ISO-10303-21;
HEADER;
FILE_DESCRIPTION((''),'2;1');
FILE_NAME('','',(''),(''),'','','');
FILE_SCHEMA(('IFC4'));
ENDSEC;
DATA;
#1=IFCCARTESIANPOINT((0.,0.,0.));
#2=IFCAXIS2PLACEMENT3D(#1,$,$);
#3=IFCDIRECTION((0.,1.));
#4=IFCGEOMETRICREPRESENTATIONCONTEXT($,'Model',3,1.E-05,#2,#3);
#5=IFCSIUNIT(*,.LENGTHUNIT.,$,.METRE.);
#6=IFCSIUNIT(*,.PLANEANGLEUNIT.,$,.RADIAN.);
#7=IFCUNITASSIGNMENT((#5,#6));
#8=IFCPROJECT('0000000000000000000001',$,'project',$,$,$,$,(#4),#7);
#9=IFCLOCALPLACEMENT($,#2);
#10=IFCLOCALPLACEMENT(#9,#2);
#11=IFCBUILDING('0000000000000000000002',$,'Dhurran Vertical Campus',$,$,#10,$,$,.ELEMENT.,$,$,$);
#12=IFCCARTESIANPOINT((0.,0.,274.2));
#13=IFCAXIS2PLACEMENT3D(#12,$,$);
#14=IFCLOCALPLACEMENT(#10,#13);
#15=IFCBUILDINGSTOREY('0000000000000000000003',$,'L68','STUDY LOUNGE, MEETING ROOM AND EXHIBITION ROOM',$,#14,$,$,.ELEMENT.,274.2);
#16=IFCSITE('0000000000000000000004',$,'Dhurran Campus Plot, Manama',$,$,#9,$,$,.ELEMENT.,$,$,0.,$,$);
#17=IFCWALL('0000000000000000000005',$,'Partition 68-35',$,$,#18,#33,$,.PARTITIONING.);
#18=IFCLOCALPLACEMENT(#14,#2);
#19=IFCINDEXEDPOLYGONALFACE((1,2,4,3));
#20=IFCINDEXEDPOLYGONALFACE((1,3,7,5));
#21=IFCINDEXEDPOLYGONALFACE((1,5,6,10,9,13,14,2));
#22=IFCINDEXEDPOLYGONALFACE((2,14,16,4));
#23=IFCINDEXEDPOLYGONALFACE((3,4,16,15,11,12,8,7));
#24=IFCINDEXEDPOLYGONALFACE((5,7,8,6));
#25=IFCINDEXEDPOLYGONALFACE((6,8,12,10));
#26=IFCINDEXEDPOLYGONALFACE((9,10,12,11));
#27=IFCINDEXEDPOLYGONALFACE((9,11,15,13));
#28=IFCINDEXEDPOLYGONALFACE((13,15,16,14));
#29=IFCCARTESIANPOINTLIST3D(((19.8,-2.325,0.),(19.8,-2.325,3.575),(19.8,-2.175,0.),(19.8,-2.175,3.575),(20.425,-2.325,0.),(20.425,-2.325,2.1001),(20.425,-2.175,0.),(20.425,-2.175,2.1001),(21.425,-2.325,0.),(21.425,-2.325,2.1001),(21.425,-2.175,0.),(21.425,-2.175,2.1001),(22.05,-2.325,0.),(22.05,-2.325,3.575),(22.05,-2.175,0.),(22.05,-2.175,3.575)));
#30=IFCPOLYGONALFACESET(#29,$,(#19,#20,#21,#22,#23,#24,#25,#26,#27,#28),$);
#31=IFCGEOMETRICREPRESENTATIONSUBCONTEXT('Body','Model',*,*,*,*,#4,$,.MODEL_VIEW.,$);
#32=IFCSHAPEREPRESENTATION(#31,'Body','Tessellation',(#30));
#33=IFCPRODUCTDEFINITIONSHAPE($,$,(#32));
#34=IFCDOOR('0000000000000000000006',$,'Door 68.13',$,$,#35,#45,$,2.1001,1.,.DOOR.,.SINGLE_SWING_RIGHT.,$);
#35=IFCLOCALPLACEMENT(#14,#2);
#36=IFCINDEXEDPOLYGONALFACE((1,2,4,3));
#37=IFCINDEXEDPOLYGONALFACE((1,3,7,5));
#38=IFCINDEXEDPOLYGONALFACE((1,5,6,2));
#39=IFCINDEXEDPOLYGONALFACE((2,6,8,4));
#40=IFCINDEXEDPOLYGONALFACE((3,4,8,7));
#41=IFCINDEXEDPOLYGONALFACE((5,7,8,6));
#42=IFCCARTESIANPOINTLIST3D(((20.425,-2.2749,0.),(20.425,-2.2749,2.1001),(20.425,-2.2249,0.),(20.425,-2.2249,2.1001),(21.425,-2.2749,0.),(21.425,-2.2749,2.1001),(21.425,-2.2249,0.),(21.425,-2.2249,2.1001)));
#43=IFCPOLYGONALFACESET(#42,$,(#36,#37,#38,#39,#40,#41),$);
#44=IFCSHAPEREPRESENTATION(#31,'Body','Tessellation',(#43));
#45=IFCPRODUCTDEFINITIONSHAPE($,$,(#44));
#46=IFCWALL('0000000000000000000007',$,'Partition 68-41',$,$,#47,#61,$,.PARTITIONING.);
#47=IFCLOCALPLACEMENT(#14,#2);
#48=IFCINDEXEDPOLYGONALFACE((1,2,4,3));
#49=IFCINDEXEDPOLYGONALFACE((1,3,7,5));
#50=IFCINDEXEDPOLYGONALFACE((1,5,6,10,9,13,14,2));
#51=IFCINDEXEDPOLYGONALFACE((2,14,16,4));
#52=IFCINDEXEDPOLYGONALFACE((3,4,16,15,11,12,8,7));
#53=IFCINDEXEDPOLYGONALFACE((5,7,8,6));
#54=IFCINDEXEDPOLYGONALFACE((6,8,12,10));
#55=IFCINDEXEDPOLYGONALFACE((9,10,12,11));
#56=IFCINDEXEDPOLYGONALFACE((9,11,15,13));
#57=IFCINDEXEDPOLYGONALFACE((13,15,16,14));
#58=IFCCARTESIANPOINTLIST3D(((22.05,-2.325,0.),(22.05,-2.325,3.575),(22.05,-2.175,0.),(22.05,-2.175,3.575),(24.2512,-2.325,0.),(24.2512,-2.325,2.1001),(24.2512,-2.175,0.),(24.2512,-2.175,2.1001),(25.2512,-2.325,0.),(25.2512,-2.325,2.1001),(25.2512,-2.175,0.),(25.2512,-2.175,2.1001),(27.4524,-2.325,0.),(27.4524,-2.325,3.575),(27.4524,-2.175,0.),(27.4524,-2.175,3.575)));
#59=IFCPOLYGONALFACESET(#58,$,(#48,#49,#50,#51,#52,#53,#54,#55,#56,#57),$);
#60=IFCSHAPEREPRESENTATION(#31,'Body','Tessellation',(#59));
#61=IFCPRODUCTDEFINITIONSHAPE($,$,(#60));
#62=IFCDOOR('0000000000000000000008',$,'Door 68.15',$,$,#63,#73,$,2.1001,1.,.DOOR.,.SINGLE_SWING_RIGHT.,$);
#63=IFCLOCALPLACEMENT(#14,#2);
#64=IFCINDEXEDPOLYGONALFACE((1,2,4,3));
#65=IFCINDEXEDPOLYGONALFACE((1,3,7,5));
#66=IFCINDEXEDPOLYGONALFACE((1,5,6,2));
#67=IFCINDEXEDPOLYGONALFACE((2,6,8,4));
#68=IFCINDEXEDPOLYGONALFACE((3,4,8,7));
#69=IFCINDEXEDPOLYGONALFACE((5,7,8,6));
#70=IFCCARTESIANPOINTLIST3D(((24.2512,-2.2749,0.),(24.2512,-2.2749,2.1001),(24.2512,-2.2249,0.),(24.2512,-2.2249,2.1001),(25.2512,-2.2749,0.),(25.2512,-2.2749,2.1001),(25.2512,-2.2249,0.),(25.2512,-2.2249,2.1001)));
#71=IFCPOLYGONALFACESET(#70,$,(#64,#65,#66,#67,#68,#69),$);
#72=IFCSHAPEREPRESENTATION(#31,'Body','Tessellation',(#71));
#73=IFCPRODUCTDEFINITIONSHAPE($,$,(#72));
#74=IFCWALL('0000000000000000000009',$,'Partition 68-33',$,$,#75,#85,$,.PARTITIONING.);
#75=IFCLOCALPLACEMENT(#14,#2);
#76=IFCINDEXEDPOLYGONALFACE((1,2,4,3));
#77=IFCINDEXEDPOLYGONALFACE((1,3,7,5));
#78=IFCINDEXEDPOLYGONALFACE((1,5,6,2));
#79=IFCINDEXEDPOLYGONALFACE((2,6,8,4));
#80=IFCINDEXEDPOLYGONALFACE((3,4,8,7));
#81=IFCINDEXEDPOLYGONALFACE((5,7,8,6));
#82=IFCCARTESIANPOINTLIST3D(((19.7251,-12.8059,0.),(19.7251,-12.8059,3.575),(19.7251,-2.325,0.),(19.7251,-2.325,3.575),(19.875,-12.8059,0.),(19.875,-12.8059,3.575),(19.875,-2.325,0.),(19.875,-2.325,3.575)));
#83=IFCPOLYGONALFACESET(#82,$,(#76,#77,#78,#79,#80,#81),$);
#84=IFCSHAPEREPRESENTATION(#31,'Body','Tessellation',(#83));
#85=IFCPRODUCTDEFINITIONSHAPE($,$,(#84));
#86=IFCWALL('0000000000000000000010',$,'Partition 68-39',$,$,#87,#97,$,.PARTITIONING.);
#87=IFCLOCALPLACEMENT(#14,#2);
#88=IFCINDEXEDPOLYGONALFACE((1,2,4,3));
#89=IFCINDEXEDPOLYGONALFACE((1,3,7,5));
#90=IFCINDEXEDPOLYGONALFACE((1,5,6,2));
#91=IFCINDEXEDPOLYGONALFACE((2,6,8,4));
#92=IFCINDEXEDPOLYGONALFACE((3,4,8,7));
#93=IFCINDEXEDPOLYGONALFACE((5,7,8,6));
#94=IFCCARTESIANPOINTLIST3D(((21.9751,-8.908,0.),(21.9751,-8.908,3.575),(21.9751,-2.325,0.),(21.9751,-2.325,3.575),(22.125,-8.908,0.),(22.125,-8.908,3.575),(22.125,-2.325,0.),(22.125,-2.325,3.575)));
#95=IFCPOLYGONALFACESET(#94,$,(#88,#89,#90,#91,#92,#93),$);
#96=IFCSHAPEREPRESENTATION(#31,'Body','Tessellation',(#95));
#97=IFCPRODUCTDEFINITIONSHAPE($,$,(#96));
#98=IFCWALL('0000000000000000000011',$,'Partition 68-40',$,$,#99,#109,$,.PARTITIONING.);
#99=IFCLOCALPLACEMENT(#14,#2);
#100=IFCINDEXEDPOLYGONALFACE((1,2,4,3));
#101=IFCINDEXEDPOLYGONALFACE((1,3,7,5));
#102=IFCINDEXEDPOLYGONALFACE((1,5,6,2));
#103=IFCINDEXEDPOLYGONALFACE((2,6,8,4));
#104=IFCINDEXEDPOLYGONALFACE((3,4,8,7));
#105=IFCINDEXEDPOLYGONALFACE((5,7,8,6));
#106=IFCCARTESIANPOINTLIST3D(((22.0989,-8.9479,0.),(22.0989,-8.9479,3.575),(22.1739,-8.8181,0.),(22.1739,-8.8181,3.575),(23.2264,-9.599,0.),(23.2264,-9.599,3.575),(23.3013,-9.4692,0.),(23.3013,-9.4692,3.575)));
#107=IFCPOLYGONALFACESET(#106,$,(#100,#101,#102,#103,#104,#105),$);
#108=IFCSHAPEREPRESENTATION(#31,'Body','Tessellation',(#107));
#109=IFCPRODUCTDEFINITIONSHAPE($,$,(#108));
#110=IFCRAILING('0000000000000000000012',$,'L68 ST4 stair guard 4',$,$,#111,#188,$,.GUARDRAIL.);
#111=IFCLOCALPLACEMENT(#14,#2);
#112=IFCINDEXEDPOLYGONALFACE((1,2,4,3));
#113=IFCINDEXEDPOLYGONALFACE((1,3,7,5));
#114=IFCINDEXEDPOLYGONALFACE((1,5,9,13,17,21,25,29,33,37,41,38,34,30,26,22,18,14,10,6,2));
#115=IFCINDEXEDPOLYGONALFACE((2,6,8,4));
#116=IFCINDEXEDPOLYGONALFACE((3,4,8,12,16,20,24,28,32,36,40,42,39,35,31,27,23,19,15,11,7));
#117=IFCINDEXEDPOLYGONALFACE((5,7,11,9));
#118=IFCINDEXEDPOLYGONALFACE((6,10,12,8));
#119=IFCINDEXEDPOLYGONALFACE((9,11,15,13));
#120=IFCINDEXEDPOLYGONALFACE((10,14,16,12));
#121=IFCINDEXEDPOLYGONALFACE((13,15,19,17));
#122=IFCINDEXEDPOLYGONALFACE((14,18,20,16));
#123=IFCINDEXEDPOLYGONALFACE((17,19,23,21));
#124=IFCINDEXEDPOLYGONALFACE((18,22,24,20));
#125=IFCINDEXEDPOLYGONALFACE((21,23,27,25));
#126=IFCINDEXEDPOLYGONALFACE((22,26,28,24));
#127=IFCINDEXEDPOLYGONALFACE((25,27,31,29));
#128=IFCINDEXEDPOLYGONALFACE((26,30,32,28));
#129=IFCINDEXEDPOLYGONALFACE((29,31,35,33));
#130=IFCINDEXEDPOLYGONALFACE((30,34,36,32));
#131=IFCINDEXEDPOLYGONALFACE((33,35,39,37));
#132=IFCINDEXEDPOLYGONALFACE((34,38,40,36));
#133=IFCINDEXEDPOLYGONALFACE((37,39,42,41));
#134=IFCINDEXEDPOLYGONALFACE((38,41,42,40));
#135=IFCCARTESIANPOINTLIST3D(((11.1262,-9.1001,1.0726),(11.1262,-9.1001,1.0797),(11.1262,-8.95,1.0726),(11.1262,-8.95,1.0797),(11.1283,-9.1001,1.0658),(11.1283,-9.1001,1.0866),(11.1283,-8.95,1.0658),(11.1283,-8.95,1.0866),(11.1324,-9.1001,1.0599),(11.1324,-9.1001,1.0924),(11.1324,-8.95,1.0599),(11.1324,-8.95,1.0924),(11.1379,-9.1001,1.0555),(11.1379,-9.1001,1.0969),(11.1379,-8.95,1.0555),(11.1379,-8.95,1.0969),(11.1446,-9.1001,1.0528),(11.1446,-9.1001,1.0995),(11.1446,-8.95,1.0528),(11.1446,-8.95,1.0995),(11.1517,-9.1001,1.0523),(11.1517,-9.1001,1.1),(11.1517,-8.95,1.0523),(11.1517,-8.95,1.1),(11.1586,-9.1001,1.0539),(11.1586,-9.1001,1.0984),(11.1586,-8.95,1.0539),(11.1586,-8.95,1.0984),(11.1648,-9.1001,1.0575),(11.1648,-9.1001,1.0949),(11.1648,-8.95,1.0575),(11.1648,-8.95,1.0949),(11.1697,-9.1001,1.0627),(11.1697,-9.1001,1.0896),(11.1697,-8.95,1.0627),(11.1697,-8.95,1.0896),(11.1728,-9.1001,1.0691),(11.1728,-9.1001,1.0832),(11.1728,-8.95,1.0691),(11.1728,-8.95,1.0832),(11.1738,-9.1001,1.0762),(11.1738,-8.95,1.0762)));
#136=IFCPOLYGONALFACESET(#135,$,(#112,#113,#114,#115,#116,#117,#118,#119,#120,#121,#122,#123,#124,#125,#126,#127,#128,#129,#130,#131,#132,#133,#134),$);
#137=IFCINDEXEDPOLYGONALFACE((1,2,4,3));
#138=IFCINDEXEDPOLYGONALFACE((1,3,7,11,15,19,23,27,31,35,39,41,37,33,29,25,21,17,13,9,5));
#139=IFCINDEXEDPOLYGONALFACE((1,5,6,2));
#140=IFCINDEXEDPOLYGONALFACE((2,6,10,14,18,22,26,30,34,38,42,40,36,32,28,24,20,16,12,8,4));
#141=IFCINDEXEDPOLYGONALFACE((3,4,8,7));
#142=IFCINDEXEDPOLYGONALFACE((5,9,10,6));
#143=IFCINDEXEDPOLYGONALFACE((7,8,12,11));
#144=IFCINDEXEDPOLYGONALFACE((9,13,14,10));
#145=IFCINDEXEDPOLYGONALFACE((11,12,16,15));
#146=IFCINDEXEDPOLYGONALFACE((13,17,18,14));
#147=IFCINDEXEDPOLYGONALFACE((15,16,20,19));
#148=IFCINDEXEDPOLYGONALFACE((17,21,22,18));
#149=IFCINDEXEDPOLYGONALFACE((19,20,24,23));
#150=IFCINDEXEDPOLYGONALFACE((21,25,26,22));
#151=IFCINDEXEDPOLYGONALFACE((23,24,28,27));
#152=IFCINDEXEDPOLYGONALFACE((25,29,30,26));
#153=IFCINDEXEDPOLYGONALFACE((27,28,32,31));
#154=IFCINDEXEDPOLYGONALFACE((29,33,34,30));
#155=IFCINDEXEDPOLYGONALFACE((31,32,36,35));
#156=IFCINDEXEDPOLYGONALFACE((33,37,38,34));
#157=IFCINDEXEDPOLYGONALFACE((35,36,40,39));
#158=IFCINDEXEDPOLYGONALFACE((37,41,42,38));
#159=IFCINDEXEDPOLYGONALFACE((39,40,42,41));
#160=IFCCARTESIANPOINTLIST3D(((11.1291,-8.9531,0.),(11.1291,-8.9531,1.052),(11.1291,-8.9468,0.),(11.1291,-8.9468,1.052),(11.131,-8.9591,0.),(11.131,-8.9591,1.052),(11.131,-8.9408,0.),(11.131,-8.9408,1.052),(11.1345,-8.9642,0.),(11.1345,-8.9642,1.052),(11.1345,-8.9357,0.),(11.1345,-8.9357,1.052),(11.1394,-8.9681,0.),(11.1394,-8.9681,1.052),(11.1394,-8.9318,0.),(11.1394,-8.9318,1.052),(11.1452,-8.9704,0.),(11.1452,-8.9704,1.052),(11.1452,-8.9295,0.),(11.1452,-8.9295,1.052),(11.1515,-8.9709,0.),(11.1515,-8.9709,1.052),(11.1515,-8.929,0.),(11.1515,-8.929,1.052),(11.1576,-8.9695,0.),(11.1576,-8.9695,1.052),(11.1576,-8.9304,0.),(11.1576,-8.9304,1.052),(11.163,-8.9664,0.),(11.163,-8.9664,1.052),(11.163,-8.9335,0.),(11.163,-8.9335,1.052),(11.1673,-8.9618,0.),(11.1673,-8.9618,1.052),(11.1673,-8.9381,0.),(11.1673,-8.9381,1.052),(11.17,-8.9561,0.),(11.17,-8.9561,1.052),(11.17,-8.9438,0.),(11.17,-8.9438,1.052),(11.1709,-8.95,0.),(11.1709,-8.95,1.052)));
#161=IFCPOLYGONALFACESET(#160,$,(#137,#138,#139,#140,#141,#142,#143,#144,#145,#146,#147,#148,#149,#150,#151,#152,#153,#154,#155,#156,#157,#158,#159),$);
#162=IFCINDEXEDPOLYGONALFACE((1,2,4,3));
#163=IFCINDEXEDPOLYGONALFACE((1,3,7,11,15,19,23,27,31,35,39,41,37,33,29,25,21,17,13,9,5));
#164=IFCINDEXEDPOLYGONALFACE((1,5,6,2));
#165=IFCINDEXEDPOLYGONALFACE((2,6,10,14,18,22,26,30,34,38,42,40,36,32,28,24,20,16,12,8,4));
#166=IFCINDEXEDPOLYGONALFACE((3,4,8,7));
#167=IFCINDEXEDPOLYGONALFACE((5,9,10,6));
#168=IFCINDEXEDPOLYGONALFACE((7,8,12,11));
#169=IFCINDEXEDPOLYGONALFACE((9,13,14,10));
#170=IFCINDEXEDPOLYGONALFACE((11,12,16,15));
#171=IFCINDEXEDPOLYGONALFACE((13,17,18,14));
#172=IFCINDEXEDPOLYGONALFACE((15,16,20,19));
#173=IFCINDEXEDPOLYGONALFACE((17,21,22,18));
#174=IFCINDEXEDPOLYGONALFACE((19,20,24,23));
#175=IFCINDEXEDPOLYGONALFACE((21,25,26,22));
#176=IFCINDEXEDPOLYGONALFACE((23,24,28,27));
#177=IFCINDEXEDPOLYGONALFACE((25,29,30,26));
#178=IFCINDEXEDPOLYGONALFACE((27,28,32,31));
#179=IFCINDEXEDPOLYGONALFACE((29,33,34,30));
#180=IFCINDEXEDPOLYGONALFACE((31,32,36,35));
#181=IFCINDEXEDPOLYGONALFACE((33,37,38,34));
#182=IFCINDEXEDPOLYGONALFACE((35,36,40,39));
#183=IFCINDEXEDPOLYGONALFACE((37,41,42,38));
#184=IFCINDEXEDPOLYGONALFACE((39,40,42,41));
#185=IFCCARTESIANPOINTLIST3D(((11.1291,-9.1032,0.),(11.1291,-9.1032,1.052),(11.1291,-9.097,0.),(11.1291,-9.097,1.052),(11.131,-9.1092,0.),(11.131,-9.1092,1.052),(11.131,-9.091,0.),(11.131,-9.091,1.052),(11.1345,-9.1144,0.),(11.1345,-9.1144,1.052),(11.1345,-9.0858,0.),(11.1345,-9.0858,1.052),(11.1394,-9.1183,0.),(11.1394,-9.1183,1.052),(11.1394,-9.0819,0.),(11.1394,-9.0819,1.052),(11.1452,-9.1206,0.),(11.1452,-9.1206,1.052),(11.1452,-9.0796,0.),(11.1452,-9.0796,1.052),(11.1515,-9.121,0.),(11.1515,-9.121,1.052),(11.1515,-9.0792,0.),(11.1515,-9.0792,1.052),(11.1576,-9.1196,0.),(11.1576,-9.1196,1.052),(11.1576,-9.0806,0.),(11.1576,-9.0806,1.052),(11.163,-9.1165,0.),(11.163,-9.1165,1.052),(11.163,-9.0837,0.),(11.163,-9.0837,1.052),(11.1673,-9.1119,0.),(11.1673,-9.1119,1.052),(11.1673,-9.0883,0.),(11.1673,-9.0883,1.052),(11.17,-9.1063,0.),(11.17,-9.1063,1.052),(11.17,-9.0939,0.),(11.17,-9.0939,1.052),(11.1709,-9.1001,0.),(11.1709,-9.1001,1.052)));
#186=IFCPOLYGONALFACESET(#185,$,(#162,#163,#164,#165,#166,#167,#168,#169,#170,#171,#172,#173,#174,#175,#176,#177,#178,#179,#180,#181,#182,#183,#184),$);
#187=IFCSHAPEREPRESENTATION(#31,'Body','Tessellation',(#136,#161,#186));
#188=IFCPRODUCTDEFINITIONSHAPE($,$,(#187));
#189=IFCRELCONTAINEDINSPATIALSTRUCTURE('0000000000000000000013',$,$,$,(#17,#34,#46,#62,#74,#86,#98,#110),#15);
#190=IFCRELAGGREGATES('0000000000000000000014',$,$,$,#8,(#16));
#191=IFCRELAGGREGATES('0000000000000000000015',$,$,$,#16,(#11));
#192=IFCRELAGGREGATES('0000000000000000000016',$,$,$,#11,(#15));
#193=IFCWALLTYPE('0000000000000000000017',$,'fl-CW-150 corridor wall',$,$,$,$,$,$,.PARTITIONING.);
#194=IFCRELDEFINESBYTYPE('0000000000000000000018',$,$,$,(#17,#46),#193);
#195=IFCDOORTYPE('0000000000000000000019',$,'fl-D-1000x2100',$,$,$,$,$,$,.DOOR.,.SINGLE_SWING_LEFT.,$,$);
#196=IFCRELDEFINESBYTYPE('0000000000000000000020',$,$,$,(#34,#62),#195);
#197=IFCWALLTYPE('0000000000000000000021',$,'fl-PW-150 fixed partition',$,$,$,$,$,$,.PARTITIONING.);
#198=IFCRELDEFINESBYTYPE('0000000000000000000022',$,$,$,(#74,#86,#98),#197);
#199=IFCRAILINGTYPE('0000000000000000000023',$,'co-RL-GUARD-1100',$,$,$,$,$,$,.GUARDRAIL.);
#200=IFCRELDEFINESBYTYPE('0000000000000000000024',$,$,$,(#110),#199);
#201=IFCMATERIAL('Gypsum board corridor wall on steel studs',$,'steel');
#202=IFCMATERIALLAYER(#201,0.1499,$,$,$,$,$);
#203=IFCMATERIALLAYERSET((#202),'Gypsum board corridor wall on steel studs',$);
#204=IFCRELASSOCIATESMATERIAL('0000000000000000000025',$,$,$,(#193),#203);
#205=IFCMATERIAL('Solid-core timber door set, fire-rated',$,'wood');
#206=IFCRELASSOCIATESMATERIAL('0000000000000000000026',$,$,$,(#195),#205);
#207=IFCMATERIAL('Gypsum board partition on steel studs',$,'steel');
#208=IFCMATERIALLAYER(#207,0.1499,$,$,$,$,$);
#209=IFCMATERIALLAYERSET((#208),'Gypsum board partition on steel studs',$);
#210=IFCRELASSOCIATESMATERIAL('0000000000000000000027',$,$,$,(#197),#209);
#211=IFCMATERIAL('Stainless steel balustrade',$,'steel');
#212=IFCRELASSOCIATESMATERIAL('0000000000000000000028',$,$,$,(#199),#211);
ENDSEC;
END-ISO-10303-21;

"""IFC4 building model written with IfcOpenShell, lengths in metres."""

from ifc_helpers import new_model, si_unit, direction, frame, frame_2d, origin, origin_2d, place, context, subcontext, project, spatial, rectangle, circle, extrude, material, layer, layer_set, type_object, element, fill, save


model = new_model("IFC4")

# Units and contexts
model_context = context("Model", 3, precision=1e-05, world=origin(), true_north=direction((0.0, 1.0)))
body_context = subcontext(model_context, "Body", "Model", "MODEL_VIEW")
ifc_project = project(units=[si_unit("LENGTHUNIT", "METRE"), si_unit("PLANEANGLEUNIT", "RADIAN")], contexts=[model_context])

# Site, building, storey
site_placement = place(None, origin())
site = spatial("IfcSite", under=ifc_project, at=site_placement, Name="Dhurran Campus Plot, Manama", CompositionType="ELEMENT", RefElevation=0.0)
building_placement = place(site_placement, origin())
building = spatial("IfcBuilding", under=site, at=building_placement, Name="Dhurran Vertical Campus", CompositionType="ELEMENT")
storey_placement = place(building_placement, frame((0.0, 0.0, 274.2)))
storey = spatial("IfcBuildingStorey", under=building, at=storey_placement, Name="L68", Description="STUDY LOUNGE, MEETING ROOM AND EXHIBITION ROOM", CompositionType="ELEMENT", Elevation=274.2)

# Shared definitions
ifc_material_1 = material(Name="Gypsum board corridor wall on steel studs", Category="steel")
ifc_layer_1 = layer(ifc_material_1, 0.1499)
ifc_layer_set_1 = layer_set([ifc_layer_1], Name="Gypsum board corridor wall on steel studs")
wall_type_1 = type_object("IfcWallType", Name="fl-CW-150 corridor wall", PredefinedType="PARTITIONING", material=ifc_layer_set_1)

# Walls, openings, doors
wall_1_placement = place(storey_placement, frame((22.05, -2.25, 0.0), z_axis=(0.0, 0.0, 1.0), x_axis=(-1.0, 0.0, 0.0)))
wall_1 = element("IfcWall", 1, at=wall_1_placement, inside=storey, type_object=wall_type_1, Name="Partition 68-35", PredefinedType="PARTITIONING", context=body_context, shape_type="SweptSolid", body=[
    extrude(rectangle(XDim=2.25, YDim=0.1499, at=frame_2d((1.125, 0.0))), origin(), (0.0, 0.0, 1.0), 3.575),
])
opening_1_placement = place(wall_1_placement, frame((0.625, 0.0, 0.0)))
opening_1 = element("IfcOpeningElement", 2, at=opening_1_placement, cuts=wall_1, PredefinedType="OPENING", context=body_context, shape_type="SweptSolid", body=[
    extrude(rectangle(XDim=1.0, YDim=2.1001, at=frame_2d((0.5, 1.05))), frame((0.0, 0.085, 0.0), z_axis=(0.0, -1.0, 0.0), x_axis=(1.0, 0.0, 0.0)), (0.0, 0.0, 1.0), 0.1699),
])
ifc_material_2 = material(Name="Solid-core timber door set, fire-rated", Category="wood")
door_type = type_object("IfcDoorType", Name="fl-D-1000x2100", OperationType="SINGLE_SWING_LEFT", PredefinedType="DOOR", material=ifc_material_2)
door_1_placement = place(opening_1_placement, origin())
door_1 = element("IfcDoor", 3, at=door_1_placement, inside=storey, type_object=door_type, Name="Door 68.13", OperationType="SINGLE_SWING_RIGHT", OverallHeight=2.1001, OverallWidth=1.0, PredefinedType="DOOR", context=body_context, shape_type="SweptSolid", body=[
    extrude(rectangle(XDim=1.0, YDim=2.1001, at=frame_2d((0.5, 1.05))), frame((0.0, 0.0249, 0.0), z_axis=(0.0, -1.0, 0.0), x_axis=(1.0, 0.0, 0.0)), (0.0, 0.0, 1.0), 0.05),
])
fill(opening_1, door_1)
wall_2_placement = place(storey_placement, frame((27.4524, -2.25, 0.0), z_axis=(0.0, 0.0, 1.0), x_axis=(-1.0, 0.0, 0.0)))
wall_2 = element("IfcWall", 4, at=wall_2_placement, inside=storey, type_object=wall_type_1, Name="Partition 68-41", PredefinedType="PARTITIONING", context=body_context, shape_type="SweptSolid", body=[
    extrude(rectangle(XDim=5.4023, YDim=0.1499, at=frame_2d((2.7012, 0.0))), origin(), (0.0, 0.0, 1.0), 3.575),
])
opening_2_placement = place(wall_2_placement, frame((2.2012, 0.0, 0.0)))
opening_2 = element("IfcOpeningElement", 5, at=opening_2_placement, cuts=wall_2, PredefinedType="OPENING", context=body_context, shape_type="SweptSolid", body=[
    extrude(rectangle(XDim=1.0, YDim=2.1001, at=frame_2d((0.5, 1.05))), frame((0.0, 0.085, 0.0), z_axis=(0.0, -1.0, 0.0), x_axis=(1.0, 0.0, 0.0)), (0.0, 0.0, 1.0), 0.1699),
])
door_2_placement = place(opening_2_placement, origin())
door_2 = element("IfcDoor", 6, at=door_2_placement, inside=storey, type_object=door_type, Name="Door 68.15", OperationType="SINGLE_SWING_RIGHT", OverallHeight=2.1001, OverallWidth=1.0, PredefinedType="DOOR", context=body_context, shape_type="SweptSolid", body=[
    extrude(rectangle(XDim=1.0, YDim=2.1001, at=frame_2d((0.5, 1.05))), frame((0.0, 0.0249, 0.0), z_axis=(0.0, -1.0, 0.0), x_axis=(1.0, 0.0, 0.0)), (0.0, 0.0, 1.0), 0.05),
])
fill(opening_2, door_2)

# Walls
ifc_material_3 = material(Name="Gypsum board partition on steel studs", Category="steel")
ifc_layer_2 = layer(ifc_material_3, 0.1499)
ifc_layer_set_2 = layer_set([ifc_layer_2], Name="Gypsum board partition on steel studs")
wall_type_2 = type_object("IfcWallType", Name="fl-PW-150 fixed partition", PredefinedType="PARTITIONING", material=ifc_layer_set_2)
wall_3_placement = place(storey_placement, frame((19.8, -2.325, 0.0), z_axis=(0.0, 0.0, 1.0), x_axis=(0.0, -1.0, 0.0)))
element("IfcWall", 7, at=wall_3_placement, inside=storey, type_object=wall_type_2, Name="Partition 68-33", PredefinedType="PARTITIONING", context=body_context, shape_type="SweptSolid", body=[
    extrude(rectangle(XDim=10.481, YDim=0.1499, at=frame_2d((5.2405, 0.0))), origin(), (0.0, 0.0, 1.0), 3.575),
])
wall_4_placement = place(storey_placement, frame((22.05, -2.325, 0.0), z_axis=(0.0, 0.0, 1.0), x_axis=(0.0, -1.0, 0.0)))
element("IfcWall", 8, at=wall_4_placement, inside=storey, type_object=wall_type_2, Name="Partition 68-39", PredefinedType="PARTITIONING", context=body_context, shape_type="SweptSolid", body=[
    extrude(rectangle(XDim=6.583, YDim=0.1499, at=frame_2d((3.2915, 0.0))), origin(), (0.0, 0.0, 1.0), 3.575),
])
wall_5_placement = place(storey_placement, frame((22.1365, -8.8831, 0.0), z_axis=(0.0, 0.0, 1.0), x_axis=(0.865961, -0.500112, 0.0)))
element("IfcWall", 9, at=wall_5_placement, inside=storey, type_object=wall_type_2, Name="Partition 68-40", PredefinedType="PARTITIONING", context=body_context, shape_type="SweptSolid", body=[
    extrude(rectangle(XDim=1.302, YDim=0.1499, at=frame_2d((0.6509, 0.0))), origin(), (0.0, 0.0, 1.0), 3.575),
])

# Railing
ifc_material_4 = material(Name="Stainless steel balustrade", Category="steel")
railing_type_1 = type_object("IfcRailingType", Name="co-RL-GUARD-1100", PredefinedType="GUARDRAIL", material=ifc_material_4)
railing_1_placement = place(storey_placement, frame((11.1499, -8.95, 0.0)))
element("IfcRailing", 10, at=railing_1_placement, inside=storey, type_object=railing_type_1, Name="L68 ST4 stair guard 4", PredefinedType="GUARDRAIL", context=body_context, shape_type="SweptSolid", body=[
    extrude(circle(Radius=0.0239, at=origin_2d()), frame((0.0, 0.0, 1.0762), z_axis=(0.0, -1.0, 0.0), x_axis=(1.0, 0.0, 0.0)), (0.0, 0.0, 1.0), 0.1501),
    extrude(circle(Radius=0.021, at=origin_2d()), origin(), (0.0, 0.0, 1.0), 1.052),
    extrude(circle(Radius=0.021, at=origin_2d()), frame((0.0, -0.1501, 0.0)), (0.0, 0.0, 1.0), 1.052),
])

save(model, "model.ifc")
